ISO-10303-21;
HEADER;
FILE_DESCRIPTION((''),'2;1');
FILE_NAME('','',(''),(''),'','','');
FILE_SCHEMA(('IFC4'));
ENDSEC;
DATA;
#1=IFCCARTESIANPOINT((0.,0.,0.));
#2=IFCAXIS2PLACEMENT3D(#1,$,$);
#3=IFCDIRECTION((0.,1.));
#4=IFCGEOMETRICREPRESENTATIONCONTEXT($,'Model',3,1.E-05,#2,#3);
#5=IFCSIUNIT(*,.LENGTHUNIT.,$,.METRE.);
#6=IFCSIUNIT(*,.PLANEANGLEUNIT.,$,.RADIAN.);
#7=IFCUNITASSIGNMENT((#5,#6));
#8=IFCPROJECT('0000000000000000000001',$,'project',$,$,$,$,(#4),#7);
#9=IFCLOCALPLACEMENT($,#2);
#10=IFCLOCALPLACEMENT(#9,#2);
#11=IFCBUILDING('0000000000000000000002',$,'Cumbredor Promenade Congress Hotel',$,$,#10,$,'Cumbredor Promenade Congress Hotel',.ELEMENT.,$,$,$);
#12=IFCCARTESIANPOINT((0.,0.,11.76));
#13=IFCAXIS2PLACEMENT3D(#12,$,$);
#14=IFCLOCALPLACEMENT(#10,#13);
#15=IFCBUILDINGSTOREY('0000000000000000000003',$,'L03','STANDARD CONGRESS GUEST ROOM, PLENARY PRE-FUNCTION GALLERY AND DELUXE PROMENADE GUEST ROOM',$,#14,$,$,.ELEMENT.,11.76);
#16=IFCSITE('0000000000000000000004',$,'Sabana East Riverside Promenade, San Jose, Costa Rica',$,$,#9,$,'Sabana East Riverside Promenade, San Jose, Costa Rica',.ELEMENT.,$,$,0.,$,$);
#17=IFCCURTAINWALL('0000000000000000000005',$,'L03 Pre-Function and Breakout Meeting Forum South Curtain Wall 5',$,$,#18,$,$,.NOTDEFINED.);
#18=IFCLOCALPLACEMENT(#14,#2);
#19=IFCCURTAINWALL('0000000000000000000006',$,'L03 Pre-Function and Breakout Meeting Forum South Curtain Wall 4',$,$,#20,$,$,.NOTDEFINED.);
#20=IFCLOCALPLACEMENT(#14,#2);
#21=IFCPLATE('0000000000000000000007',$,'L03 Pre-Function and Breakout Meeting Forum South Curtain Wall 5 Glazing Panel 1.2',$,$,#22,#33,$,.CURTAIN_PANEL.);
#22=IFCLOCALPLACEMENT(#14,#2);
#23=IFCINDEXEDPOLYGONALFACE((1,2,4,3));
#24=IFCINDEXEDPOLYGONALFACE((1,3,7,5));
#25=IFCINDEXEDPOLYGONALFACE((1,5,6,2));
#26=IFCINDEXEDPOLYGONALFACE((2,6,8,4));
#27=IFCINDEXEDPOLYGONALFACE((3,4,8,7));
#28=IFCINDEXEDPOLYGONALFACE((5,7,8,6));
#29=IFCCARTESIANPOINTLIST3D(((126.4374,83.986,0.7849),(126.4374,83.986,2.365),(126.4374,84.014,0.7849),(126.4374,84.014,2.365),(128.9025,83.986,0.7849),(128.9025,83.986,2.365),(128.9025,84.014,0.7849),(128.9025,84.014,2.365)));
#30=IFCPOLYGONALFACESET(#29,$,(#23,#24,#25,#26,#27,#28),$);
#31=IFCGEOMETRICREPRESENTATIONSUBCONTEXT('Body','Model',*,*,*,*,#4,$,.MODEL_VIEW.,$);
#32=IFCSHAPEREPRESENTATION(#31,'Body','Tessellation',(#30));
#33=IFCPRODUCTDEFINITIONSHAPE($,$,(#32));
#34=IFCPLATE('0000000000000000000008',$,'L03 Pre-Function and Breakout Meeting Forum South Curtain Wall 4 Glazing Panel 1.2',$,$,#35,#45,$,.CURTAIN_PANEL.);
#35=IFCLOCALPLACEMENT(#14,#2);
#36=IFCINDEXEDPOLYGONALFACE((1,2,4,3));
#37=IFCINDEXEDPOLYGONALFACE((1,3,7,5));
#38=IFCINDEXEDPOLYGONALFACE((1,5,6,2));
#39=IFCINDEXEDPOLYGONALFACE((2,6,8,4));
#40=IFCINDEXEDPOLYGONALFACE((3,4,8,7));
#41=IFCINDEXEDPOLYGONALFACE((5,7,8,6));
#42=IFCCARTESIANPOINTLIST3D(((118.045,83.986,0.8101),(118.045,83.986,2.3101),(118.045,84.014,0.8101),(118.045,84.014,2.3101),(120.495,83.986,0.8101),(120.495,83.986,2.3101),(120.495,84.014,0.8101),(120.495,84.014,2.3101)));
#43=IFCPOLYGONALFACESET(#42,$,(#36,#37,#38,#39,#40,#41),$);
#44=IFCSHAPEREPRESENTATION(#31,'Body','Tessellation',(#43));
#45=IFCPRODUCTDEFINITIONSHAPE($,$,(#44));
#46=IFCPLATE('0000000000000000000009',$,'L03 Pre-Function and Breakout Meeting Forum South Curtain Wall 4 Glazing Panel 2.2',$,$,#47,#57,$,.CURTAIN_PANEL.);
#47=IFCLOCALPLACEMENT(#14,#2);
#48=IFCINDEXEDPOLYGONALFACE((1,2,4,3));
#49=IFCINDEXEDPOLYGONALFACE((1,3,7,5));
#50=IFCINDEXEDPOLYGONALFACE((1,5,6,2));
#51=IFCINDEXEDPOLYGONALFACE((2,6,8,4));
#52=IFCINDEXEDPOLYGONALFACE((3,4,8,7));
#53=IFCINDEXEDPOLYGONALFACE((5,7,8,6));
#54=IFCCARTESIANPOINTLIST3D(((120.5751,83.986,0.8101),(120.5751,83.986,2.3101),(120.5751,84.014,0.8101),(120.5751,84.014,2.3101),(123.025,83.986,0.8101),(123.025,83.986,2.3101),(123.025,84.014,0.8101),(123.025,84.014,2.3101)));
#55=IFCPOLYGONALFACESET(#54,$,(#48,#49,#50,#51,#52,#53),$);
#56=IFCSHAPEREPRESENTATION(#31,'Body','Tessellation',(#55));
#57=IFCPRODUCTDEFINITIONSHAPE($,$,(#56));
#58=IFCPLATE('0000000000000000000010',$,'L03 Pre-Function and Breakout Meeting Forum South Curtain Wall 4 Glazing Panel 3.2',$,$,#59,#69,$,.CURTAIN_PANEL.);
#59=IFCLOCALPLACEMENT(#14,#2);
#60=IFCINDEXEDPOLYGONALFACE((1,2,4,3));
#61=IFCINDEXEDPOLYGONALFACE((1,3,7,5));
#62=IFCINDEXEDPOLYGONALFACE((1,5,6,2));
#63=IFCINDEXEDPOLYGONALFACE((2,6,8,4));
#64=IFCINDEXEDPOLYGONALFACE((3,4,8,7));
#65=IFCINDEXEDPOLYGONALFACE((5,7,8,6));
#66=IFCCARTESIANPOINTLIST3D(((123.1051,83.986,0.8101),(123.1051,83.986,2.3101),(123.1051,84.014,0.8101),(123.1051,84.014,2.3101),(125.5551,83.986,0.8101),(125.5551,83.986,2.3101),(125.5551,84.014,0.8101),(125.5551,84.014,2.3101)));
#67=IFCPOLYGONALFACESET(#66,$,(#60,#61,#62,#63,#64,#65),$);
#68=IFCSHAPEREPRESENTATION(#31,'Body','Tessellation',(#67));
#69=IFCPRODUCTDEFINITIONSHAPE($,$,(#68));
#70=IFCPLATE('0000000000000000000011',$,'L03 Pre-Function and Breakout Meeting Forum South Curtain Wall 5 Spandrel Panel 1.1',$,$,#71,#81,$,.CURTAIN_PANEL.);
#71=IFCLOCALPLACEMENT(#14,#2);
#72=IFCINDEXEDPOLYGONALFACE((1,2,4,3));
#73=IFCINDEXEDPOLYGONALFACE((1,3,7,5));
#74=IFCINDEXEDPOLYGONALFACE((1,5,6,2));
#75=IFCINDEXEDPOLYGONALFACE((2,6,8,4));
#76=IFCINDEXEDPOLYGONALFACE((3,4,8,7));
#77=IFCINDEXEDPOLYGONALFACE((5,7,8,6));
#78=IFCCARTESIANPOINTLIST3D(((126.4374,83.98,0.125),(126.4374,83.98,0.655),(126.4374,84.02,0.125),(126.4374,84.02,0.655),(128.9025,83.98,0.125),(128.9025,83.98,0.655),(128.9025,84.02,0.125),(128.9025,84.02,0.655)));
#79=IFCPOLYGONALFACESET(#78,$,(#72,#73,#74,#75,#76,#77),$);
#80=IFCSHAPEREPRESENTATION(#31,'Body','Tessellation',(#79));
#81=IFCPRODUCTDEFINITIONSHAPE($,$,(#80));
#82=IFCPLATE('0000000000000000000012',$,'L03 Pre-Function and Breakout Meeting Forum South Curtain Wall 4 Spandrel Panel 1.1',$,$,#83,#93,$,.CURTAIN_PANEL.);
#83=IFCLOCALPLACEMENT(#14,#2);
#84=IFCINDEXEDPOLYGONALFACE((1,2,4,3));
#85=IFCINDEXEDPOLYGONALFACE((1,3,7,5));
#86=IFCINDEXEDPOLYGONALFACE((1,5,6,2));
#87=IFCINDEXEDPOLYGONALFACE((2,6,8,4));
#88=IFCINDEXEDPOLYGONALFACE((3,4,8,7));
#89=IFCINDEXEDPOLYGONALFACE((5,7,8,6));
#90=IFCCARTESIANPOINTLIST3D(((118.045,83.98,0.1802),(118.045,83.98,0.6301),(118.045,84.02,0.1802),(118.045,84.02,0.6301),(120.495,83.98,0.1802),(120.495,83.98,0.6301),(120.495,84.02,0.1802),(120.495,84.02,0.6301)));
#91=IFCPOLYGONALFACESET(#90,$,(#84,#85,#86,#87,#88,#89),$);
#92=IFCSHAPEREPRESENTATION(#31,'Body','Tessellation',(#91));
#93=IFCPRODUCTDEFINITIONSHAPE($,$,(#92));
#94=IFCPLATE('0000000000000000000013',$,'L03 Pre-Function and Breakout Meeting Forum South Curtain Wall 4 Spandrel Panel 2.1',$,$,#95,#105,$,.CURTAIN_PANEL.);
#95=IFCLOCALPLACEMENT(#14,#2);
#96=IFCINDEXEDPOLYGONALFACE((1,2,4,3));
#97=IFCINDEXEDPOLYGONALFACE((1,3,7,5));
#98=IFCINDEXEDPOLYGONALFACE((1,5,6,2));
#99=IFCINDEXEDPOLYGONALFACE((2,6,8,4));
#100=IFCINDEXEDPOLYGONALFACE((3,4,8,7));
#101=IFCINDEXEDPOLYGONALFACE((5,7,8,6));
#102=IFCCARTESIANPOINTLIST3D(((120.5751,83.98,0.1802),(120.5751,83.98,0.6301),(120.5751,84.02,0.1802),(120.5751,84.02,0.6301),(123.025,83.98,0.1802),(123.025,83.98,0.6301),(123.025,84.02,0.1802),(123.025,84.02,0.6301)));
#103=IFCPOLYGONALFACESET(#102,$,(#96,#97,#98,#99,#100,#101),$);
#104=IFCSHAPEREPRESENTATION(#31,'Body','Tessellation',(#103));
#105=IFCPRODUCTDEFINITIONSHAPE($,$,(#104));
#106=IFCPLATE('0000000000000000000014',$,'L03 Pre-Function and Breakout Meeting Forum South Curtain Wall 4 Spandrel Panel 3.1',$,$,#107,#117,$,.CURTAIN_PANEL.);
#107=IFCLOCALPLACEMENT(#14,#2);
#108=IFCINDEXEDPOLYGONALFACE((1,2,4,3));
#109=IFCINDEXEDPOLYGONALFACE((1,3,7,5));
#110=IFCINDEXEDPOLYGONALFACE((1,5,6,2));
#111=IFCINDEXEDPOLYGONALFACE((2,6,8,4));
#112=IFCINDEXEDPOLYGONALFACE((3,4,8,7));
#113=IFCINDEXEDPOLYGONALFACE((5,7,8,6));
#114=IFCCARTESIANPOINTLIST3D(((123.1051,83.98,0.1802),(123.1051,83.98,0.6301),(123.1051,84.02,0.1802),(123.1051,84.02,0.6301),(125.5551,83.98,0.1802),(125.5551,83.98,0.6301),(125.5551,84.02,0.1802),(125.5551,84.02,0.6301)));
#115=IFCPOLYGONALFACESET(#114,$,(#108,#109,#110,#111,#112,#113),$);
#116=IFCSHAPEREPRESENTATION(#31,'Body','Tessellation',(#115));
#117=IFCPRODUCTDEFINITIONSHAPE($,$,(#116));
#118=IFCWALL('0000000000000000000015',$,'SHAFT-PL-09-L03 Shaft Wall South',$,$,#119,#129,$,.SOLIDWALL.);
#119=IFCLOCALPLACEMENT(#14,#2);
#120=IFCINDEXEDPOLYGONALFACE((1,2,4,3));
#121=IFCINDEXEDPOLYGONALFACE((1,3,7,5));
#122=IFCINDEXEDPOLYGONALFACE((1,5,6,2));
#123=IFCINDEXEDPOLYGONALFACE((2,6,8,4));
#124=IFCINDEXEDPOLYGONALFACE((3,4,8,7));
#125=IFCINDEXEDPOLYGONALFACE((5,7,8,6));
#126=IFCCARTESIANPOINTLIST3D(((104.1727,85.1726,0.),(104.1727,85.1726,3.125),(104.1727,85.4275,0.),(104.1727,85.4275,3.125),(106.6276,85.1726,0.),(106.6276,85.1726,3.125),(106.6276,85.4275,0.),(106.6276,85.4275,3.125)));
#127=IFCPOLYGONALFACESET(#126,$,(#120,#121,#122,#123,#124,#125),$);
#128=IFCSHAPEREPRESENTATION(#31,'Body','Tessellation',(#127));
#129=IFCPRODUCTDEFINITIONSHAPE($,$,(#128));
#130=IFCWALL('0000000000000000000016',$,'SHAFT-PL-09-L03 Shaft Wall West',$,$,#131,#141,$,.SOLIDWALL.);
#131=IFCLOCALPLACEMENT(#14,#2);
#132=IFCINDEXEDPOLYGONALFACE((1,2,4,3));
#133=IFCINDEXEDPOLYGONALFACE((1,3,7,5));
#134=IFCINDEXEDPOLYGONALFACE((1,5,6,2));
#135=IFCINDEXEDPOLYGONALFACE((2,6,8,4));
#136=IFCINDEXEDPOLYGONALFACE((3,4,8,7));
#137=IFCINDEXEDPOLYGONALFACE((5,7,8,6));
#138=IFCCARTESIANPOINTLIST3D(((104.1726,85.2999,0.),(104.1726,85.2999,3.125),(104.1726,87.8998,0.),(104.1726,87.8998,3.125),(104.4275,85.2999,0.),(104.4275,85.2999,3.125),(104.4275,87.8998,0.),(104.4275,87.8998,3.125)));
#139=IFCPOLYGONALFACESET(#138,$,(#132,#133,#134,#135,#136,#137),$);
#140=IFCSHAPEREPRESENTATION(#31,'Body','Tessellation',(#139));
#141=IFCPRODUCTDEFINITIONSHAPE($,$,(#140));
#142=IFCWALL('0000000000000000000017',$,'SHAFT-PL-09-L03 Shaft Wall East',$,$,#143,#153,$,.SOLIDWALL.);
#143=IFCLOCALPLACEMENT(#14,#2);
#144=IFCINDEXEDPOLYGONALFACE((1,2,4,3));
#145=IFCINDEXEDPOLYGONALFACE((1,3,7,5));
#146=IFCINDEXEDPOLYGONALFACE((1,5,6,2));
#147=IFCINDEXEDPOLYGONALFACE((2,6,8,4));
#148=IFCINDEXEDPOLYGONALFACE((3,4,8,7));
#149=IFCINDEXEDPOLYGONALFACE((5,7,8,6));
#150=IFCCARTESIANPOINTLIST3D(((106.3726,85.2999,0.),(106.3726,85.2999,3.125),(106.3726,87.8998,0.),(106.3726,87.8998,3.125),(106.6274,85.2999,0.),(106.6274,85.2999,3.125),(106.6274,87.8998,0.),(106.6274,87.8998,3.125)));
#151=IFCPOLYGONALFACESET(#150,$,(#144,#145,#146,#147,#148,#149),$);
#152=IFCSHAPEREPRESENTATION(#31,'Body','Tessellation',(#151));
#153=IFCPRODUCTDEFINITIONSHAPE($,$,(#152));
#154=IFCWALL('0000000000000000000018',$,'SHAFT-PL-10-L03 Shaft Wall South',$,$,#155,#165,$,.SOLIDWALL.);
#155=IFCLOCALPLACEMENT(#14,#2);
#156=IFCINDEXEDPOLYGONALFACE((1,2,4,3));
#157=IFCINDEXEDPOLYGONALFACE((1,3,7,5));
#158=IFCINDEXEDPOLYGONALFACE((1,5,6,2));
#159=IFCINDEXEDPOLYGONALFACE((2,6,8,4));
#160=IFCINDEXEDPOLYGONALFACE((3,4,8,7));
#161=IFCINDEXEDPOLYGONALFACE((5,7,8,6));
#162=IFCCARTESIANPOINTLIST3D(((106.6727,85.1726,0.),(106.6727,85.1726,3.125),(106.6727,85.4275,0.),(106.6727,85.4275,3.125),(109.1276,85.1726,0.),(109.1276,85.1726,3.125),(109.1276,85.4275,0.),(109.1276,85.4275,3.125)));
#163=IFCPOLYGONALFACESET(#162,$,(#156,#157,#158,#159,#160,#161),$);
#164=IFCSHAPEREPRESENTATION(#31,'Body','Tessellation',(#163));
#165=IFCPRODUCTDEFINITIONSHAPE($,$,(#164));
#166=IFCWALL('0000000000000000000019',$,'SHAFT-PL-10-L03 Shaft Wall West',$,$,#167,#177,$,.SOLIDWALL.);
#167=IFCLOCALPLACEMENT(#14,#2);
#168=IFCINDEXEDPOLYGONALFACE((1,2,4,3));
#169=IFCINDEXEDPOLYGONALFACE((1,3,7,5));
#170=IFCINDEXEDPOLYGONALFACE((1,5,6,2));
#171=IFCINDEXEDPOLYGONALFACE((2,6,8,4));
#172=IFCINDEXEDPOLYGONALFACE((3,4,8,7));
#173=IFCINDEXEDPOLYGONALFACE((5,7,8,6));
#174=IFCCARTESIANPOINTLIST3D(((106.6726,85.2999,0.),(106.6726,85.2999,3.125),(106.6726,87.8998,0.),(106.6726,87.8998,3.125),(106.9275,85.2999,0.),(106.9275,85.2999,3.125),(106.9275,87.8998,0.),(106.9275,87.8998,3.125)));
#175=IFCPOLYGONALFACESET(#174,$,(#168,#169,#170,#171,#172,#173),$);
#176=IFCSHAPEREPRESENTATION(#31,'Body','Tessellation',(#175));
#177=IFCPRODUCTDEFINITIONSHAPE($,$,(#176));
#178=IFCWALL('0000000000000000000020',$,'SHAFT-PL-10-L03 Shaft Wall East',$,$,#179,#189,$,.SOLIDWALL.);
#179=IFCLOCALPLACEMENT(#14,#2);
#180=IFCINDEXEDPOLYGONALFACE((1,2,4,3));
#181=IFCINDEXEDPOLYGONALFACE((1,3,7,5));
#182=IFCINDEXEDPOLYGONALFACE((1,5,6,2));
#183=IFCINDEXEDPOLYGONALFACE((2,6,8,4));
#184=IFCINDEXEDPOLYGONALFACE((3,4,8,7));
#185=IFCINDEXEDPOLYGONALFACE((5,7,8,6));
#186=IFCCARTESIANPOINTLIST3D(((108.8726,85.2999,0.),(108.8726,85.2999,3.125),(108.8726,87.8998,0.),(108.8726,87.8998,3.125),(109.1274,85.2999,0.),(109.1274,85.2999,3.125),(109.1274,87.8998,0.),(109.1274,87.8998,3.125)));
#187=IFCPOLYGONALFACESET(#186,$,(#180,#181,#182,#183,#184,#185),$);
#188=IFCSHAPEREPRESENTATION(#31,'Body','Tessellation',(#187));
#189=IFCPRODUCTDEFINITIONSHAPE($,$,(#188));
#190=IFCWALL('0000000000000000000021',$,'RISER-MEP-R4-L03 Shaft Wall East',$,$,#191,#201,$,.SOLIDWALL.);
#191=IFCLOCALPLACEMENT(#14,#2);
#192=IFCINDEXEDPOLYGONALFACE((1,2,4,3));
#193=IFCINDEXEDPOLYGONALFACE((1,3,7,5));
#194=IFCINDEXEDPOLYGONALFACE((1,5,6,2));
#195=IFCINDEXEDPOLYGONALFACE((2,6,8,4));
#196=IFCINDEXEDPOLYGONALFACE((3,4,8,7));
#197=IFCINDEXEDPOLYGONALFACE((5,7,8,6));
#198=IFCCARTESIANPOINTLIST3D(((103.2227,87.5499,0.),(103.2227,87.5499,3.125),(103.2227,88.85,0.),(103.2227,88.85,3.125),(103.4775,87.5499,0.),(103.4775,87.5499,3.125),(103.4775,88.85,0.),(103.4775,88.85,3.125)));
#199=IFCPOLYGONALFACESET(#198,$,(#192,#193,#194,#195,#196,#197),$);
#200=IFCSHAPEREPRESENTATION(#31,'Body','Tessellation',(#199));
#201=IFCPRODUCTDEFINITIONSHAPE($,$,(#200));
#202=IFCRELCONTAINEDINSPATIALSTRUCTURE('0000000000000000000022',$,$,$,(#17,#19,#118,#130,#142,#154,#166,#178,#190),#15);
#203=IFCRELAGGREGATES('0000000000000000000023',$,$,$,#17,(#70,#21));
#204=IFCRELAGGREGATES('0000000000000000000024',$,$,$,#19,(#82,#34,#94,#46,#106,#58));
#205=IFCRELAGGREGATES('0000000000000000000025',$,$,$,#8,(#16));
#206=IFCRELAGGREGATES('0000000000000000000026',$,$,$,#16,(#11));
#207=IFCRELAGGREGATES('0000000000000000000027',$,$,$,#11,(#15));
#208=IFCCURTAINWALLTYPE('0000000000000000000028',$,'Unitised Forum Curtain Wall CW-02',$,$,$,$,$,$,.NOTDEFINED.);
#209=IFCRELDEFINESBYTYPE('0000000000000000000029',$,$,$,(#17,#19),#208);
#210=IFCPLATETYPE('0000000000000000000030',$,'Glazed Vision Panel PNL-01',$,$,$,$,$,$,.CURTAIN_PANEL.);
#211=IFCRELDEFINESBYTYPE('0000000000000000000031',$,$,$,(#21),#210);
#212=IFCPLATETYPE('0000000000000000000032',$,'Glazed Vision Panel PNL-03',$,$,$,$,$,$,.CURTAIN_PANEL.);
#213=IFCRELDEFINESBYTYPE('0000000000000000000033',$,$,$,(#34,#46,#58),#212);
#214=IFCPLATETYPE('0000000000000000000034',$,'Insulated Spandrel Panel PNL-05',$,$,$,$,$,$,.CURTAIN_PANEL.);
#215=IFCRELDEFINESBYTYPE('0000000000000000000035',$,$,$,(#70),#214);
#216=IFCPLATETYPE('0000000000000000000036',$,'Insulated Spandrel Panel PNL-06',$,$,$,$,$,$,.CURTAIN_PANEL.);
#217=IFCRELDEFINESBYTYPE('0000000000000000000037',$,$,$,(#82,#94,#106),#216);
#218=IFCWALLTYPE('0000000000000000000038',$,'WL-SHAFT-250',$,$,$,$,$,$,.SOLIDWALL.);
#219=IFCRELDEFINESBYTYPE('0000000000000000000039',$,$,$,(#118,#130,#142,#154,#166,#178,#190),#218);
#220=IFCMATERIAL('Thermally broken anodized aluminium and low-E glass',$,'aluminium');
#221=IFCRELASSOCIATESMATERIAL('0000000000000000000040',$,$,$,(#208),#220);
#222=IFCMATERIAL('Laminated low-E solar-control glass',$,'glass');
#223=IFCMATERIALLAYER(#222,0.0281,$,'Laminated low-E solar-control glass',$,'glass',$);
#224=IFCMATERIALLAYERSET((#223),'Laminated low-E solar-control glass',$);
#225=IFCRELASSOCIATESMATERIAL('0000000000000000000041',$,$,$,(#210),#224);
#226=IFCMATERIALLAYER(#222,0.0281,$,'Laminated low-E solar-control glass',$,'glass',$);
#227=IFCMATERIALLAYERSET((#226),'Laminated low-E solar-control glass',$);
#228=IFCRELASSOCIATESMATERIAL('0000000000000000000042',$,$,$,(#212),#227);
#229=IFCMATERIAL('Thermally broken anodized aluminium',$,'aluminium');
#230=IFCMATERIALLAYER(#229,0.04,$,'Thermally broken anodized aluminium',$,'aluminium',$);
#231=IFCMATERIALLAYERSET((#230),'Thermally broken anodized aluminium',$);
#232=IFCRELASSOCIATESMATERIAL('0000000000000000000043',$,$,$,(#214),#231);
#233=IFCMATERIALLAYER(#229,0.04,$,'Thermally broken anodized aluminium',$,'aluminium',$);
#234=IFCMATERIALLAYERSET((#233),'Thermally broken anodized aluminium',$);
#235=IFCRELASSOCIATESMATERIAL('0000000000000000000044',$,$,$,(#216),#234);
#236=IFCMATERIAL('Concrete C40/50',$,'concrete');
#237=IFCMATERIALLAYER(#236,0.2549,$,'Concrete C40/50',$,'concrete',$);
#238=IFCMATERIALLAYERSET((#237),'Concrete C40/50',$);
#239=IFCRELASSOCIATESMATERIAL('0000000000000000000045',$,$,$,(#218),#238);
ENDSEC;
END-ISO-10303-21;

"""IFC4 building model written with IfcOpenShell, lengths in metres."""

from ifc_helpers import new_model, si_unit, direction, frame, frame_2d, origin, origin_2d, place, context, subcontext, project, spatial, rectangle, extrude, material, layer, layer_set, type_object, element, aggregate, save


model = new_model("IFC4")

# Units and contexts
model_context = context("Model", 3, precision=1e-05, world=origin(), true_north=direction((0.0, 1.0)))
body_context = subcontext(model_context, "Body", "Model", "MODEL_VIEW")
ifc_project = project(units=[si_unit("LENGTHUNIT", "METRE"), si_unit("PLANEANGLEUNIT", "RADIAN")], contexts=[model_context])

# Site, building, storey
site_placement = place(None, origin())
site = spatial("IfcSite", under=ifc_project, at=site_placement, Name="Sabana East Riverside Promenade, San Jose, Costa Rica", LongName="Sabana East Riverside Promenade, San Jose, Costa Rica", CompositionType="ELEMENT", RefElevation=0.0)
building_placement = place(site_placement, origin())
building = spatial("IfcBuilding", under=site, at=building_placement, Name="Cumbredor Promenade Congress Hotel", LongName="Cumbredor Promenade Congress Hotel", CompositionType="ELEMENT")
storey_placement = place(building_placement, frame((0.0, 0.0, 11.76)))
storey = spatial("IfcBuildingStorey", under=building, at=storey_placement, Name="L03", Description="STANDARD CONGRESS GUEST ROOM, PLENARY PRE-FUNCTION GALLERY AND DELUXE PROMENADE GUEST ROOM", CompositionType="ELEMENT", Elevation=11.76)

# Shared definitions
ifc_material_1 = material(Name="Concrete C40/50", Category="concrete")

# Curtain walls
ifc_material_2 = material(Name="Thermally broken anodized aluminium and low-E glass", Category="aluminium")
curtain_wall_type = type_object("IfcCurtainWallType", Name="Unitised Forum Curtain Wall CW-02", PredefinedType="NOTDEFINED", material=ifc_material_2)
curtain_wall_1_placement = place(storey_placement, origin())
curtain_wall_1 = element("IfcCurtainWall", 1, at=curtain_wall_1_placement, inside=storey, type_object=curtain_wall_type, Name="L03 Pre-Function and Breakout Meeting Forum South Curtain Wall 5", PredefinedType="NOTDEFINED")
ifc_material_3 = material(Name="Thermally broken anodized aluminium", Category="aluminium")
curtain_wall_2_placement = place(storey_placement, origin())
curtain_wall_2 = element("IfcCurtainWall", 2, at=curtain_wall_2_placement, inside=storey, type_object=curtain_wall_type, Name="L03 Pre-Function and Breakout Meeting Forum South Curtain Wall 4", PredefinedType="NOTDEFINED")

# Plates
ifc_material_4 = material(Name="Laminated low-E solar-control glass", Category="glass")
ifc_layer_1 = layer(ifc_material_4, 0.0281, Name="Laminated low-E solar-control glass", Category="glass")
ifc_layer_set_1 = layer_set([ifc_layer_1], Name="Laminated low-E solar-control glass")
plate_type_1 = type_object("IfcPlateType", Name="Glazed Vision Panel PNL-01", PredefinedType="CURTAIN_PANEL", material=ifc_layer_set_1)
plate_1_placement = place(storey_placement, frame((127.6699, 84.0, 0.7849), z_axis=(0.0, 0.0, 1.0), x_axis=(1.0, 0.0, 0.0)))
plate_1 = element("IfcPlate", 3, at=plate_1_placement, type_object=plate_type_1, Name="L03 Pre-Function and Breakout Meeting Forum South Curtain Wall 5 Glazing Panel 1.2", PredefinedType="CURTAIN_PANEL", context=body_context, shape_type="SweptSolid", body=[
    extrude(rectangle(XDim=2.4651, YDim=0.0281, at=origin_2d()), origin(), (0.0, 0.0, 1.0), 1.5801),
])
ifc_layer_2 = layer(ifc_material_4, 0.0281, Name="Laminated low-E solar-control glass", Category="glass")
ifc_layer_set_2 = layer_set([ifc_layer_2], Name="Laminated low-E solar-control glass")
plate_type_2 = type_object("IfcPlateType", Name="Glazed Vision Panel PNL-03", PredefinedType="CURTAIN_PANEL", material=ifc_layer_set_2)
plate_2_placement = place(storey_placement, frame((119.27, 84.0, 0.8101), z_axis=(0.0, 0.0, 1.0), x_axis=(1.0, 0.0, 0.0)))
plate_2 = element("IfcPlate", 4, at=plate_2_placement, type_object=plate_type_2, Name="L03 Pre-Function and Breakout Meeting Forum South Curtain Wall 4 Glazing Panel 1.2", PredefinedType="CURTAIN_PANEL", context=body_context, shape_type="SweptSolid", body=[
    extrude(rectangle(XDim=2.45, YDim=0.0281, at=origin_2d()), origin(), (0.0, 0.0, 1.0), 1.5),
])
plate_3_placement = place(storey_placement, frame((121.8, 84.0, 0.8101), z_axis=(0.0, 0.0, 1.0), x_axis=(1.0, 0.0, 0.0)))
plate_3 = element("IfcPlate", 5, at=plate_3_placement, type_object=plate_type_2, Name="L03 Pre-Function and Breakout Meeting Forum South Curtain Wall 4 Glazing Panel 2.2", PredefinedType="CURTAIN_PANEL", context=body_context, shape_type="SweptSolid", body=[
    extrude(rectangle(XDim=2.45, YDim=0.0281, at=origin_2d()), origin(), (0.0, 0.0, 1.0), 1.5),
])
plate_4_placement = place(storey_placement, frame((124.3301, 84.0, 0.8101), z_axis=(0.0, 0.0, 1.0), x_axis=(1.0, 0.0, 0.0)))
plate_4 = element("IfcPlate", 6, at=plate_4_placement, type_object=plate_type_2, Name="L03 Pre-Function and Breakout Meeting Forum South Curtain Wall 4 Glazing Panel 3.2", PredefinedType="CURTAIN_PANEL", context=body_context, shape_type="SweptSolid", body=[
    extrude(rectangle(XDim=2.45, YDim=0.0281, at=origin_2d()), origin(), (0.0, 0.0, 1.0), 1.5),
])
ifc_layer_3 = layer(ifc_material_3, 0.04, Name="Thermally broken anodized aluminium", Category="aluminium")
ifc_layer_set_3 = layer_set([ifc_layer_3], Name="Thermally broken anodized aluminium")
plate_type_3 = type_object("IfcPlateType", Name="Insulated Spandrel Panel PNL-05", PredefinedType="CURTAIN_PANEL", material=ifc_layer_set_3)
plate_5_placement = place(storey_placement, frame((127.6699, 84.0, 0.125), z_axis=(0.0, 0.0, 1.0), x_axis=(1.0, 0.0, 0.0)))
plate_5 = element("IfcPlate", 7, at=plate_5_placement, type_object=plate_type_3, Name="L03 Pre-Function and Breakout Meeting Forum South Curtain Wall 5 Spandrel Panel 1.1", PredefinedType="CURTAIN_PANEL", context=body_context, shape_type="SweptSolid", body=[
    extrude(rectangle(XDim=2.4651, YDim=0.04, at=origin_2d()), origin(), (0.0, 0.0, 1.0), 0.53),
])
aggregate(curtain_wall_1, [plate_5, plate_1])
ifc_layer_4 = layer(ifc_material_3, 0.04, Name="Thermally broken anodized aluminium", Category="aluminium")
ifc_layer_set_4 = layer_set([ifc_layer_4], Name="Thermally broken anodized aluminium")
plate_type_4 = type_object("IfcPlateType", Name="Insulated Spandrel Panel PNL-06", PredefinedType="CURTAIN_PANEL", material=ifc_layer_set_4)
plate_6_placement = place(storey_placement, frame((119.27, 84.0, 0.1802), z_axis=(0.0, 0.0, 1.0), x_axis=(1.0, 0.0, 0.0)))
plate_6 = element("IfcPlate", 8, at=plate_6_placement, type_object=plate_type_4, Name="L03 Pre-Function and Breakout Meeting Forum South Curtain Wall 4 Spandrel Panel 1.1", PredefinedType="CURTAIN_PANEL", context=body_context, shape_type="SweptSolid", body=[
    extrude(rectangle(XDim=2.45, YDim=0.04, at=origin_2d()), origin(), (0.0, 0.0, 1.0), 0.45),
])
plate_7_placement = place(storey_placement, frame((121.8, 84.0, 0.1802), z_axis=(0.0, 0.0, 1.0), x_axis=(1.0, 0.0, 0.0)))
plate_7 = element("IfcPlate", 9, at=plate_7_placement, type_object=plate_type_4, Name="L03 Pre-Function and Breakout Meeting Forum South Curtain Wall 4 Spandrel Panel 2.1", PredefinedType="CURTAIN_PANEL", context=body_context, shape_type="SweptSolid", body=[
    extrude(rectangle(XDim=2.45, YDim=0.04, at=origin_2d()), origin(), (0.0, 0.0, 1.0), 0.45),
])
plate_8_placement = place(storey_placement, frame((124.3301, 84.0, 0.1802), z_axis=(0.0, 0.0, 1.0), x_axis=(1.0, 0.0, 0.0)))
plate_8 = element("IfcPlate", 10, at=plate_8_placement, type_object=plate_type_4, Name="L03 Pre-Function and Breakout Meeting Forum South Curtain Wall 4 Spandrel Panel 3.1", PredefinedType="CURTAIN_PANEL", context=body_context, shape_type="SweptSolid", body=[
    extrude(rectangle(XDim=2.45, YDim=0.04, at=origin_2d()), origin(), (0.0, 0.0, 1.0), 0.45),
])
aggregate(curtain_wall_2, [plate_6, plate_2, plate_7, plate_3, plate_8, plate_4])

# Walls
ifc_layer_5 = layer(ifc_material_1, 0.2549, Name="Concrete C40/50", Category="concrete")
ifc_layer_set_5 = layer_set([ifc_layer_5], Name="Concrete C40/50")
wall_type = type_object("IfcWallType", Name="WL-SHAFT-250", PredefinedType="SOLIDWALL", material=ifc_layer_set_5)
wall_1_placement = place(storey_placement, frame((104.1726, 85.3, 0.0), z_axis=(0.0, 0.0, 1.0), x_axis=(1.0, 0.0, 0.0)))
element("IfcWall", 11, at=wall_1_placement, inside=storey, type_object=wall_type, Name="SHAFT-PL-09-L03 Shaft Wall South", PredefinedType="SOLIDWALL", context=body_context, shape_type="SweptSolid", body=[
    extrude(rectangle(XDim=2.4548, YDim=0.2549, at=frame_2d((1.2275, 0.0))), origin(), (0.0, 0.0, 1.0), 3.125),
])
for number, where, z_axis, x_axis, name in (
    (12, (104.3, 85.3, 0.0), (0.0, 0.0, 1.0), (0.0, 1.0, 0.0), "SHAFT-PL-09-L03 Shaft Wall West"),
    (13, (106.5, 85.3, 0.0), (0.0, 0.0, 1.0), (0.0, 1.0, 0.0), "SHAFT-PL-09-L03 Shaft Wall East"),
):
    element("IfcWall", number, at=place(storey_placement, frame(where, z_axis=z_axis, x_axis=x_axis)), inside=storey, type_object=wall_type, Name=name, PredefinedType="SOLIDWALL", context=body_context, shape_type="SweptSolid", body=[
        extrude(rectangle(XDim=2.5999, YDim=0.2549, at=frame_2d((1.2998, 0.0))), origin(), (0.0, 0.0, 1.0), 3.125),
    ])
wall_2_placement = place(storey_placement, frame((106.6726, 85.3, 0.0), z_axis=(0.0, 0.0, 1.0), x_axis=(1.0, 0.0, 0.0)))
element("IfcWall", 14, at=wall_2_placement, inside=storey, type_object=wall_type, Name="SHAFT-PL-10-L03 Shaft Wall South", PredefinedType="SOLIDWALL", context=body_context, shape_type="SweptSolid", body=[
    extrude(rectangle(XDim=2.4548, YDim=0.2549, at=frame_2d((1.2275, 0.0))), origin(), (0.0, 0.0, 1.0), 3.125),
])
for number, where, z_axis, x_axis, name in (
    (15, (106.8, 85.3, 0.0), (0.0, 0.0, 1.0), (0.0, 1.0, 0.0), "SHAFT-PL-10-L03 Shaft Wall West"),
    (16, (109.0, 85.3, 0.0), (0.0, 0.0, 1.0), (0.0, 1.0, 0.0), "SHAFT-PL-10-L03 Shaft Wall East"),
):
    element("IfcWall", number, at=place(storey_placement, frame(where, z_axis=z_axis, x_axis=x_axis)), inside=storey, type_object=wall_type, Name=name, PredefinedType="SOLIDWALL", context=body_context, shape_type="SweptSolid", body=[
        extrude(rectangle(XDim=2.5999, YDim=0.2549, at=frame_2d((1.2998, 0.0))), origin(), (0.0, 0.0, 1.0), 3.125),
    ])
wall_3_placement = place(storey_placement, frame((103.3501, 87.55, 0.0), z_axis=(0.0, 0.0, 1.0), x_axis=(0.0, 1.0, 0.0)))
element("IfcWall", 17, at=wall_3_placement, inside=storey, type_object=wall_type, Name="RISER-MEP-R4-L03 Shaft Wall East", PredefinedType="SOLIDWALL", context=body_context, shape_type="SweptSolid", body=[
    extrude(rectangle(XDim=1.3, YDim=0.2549, at=frame_2d((0.6499, 0.0))), origin(), (0.0, 0.0, 1.0), 3.125),
])

save(model, "model.ifc")
